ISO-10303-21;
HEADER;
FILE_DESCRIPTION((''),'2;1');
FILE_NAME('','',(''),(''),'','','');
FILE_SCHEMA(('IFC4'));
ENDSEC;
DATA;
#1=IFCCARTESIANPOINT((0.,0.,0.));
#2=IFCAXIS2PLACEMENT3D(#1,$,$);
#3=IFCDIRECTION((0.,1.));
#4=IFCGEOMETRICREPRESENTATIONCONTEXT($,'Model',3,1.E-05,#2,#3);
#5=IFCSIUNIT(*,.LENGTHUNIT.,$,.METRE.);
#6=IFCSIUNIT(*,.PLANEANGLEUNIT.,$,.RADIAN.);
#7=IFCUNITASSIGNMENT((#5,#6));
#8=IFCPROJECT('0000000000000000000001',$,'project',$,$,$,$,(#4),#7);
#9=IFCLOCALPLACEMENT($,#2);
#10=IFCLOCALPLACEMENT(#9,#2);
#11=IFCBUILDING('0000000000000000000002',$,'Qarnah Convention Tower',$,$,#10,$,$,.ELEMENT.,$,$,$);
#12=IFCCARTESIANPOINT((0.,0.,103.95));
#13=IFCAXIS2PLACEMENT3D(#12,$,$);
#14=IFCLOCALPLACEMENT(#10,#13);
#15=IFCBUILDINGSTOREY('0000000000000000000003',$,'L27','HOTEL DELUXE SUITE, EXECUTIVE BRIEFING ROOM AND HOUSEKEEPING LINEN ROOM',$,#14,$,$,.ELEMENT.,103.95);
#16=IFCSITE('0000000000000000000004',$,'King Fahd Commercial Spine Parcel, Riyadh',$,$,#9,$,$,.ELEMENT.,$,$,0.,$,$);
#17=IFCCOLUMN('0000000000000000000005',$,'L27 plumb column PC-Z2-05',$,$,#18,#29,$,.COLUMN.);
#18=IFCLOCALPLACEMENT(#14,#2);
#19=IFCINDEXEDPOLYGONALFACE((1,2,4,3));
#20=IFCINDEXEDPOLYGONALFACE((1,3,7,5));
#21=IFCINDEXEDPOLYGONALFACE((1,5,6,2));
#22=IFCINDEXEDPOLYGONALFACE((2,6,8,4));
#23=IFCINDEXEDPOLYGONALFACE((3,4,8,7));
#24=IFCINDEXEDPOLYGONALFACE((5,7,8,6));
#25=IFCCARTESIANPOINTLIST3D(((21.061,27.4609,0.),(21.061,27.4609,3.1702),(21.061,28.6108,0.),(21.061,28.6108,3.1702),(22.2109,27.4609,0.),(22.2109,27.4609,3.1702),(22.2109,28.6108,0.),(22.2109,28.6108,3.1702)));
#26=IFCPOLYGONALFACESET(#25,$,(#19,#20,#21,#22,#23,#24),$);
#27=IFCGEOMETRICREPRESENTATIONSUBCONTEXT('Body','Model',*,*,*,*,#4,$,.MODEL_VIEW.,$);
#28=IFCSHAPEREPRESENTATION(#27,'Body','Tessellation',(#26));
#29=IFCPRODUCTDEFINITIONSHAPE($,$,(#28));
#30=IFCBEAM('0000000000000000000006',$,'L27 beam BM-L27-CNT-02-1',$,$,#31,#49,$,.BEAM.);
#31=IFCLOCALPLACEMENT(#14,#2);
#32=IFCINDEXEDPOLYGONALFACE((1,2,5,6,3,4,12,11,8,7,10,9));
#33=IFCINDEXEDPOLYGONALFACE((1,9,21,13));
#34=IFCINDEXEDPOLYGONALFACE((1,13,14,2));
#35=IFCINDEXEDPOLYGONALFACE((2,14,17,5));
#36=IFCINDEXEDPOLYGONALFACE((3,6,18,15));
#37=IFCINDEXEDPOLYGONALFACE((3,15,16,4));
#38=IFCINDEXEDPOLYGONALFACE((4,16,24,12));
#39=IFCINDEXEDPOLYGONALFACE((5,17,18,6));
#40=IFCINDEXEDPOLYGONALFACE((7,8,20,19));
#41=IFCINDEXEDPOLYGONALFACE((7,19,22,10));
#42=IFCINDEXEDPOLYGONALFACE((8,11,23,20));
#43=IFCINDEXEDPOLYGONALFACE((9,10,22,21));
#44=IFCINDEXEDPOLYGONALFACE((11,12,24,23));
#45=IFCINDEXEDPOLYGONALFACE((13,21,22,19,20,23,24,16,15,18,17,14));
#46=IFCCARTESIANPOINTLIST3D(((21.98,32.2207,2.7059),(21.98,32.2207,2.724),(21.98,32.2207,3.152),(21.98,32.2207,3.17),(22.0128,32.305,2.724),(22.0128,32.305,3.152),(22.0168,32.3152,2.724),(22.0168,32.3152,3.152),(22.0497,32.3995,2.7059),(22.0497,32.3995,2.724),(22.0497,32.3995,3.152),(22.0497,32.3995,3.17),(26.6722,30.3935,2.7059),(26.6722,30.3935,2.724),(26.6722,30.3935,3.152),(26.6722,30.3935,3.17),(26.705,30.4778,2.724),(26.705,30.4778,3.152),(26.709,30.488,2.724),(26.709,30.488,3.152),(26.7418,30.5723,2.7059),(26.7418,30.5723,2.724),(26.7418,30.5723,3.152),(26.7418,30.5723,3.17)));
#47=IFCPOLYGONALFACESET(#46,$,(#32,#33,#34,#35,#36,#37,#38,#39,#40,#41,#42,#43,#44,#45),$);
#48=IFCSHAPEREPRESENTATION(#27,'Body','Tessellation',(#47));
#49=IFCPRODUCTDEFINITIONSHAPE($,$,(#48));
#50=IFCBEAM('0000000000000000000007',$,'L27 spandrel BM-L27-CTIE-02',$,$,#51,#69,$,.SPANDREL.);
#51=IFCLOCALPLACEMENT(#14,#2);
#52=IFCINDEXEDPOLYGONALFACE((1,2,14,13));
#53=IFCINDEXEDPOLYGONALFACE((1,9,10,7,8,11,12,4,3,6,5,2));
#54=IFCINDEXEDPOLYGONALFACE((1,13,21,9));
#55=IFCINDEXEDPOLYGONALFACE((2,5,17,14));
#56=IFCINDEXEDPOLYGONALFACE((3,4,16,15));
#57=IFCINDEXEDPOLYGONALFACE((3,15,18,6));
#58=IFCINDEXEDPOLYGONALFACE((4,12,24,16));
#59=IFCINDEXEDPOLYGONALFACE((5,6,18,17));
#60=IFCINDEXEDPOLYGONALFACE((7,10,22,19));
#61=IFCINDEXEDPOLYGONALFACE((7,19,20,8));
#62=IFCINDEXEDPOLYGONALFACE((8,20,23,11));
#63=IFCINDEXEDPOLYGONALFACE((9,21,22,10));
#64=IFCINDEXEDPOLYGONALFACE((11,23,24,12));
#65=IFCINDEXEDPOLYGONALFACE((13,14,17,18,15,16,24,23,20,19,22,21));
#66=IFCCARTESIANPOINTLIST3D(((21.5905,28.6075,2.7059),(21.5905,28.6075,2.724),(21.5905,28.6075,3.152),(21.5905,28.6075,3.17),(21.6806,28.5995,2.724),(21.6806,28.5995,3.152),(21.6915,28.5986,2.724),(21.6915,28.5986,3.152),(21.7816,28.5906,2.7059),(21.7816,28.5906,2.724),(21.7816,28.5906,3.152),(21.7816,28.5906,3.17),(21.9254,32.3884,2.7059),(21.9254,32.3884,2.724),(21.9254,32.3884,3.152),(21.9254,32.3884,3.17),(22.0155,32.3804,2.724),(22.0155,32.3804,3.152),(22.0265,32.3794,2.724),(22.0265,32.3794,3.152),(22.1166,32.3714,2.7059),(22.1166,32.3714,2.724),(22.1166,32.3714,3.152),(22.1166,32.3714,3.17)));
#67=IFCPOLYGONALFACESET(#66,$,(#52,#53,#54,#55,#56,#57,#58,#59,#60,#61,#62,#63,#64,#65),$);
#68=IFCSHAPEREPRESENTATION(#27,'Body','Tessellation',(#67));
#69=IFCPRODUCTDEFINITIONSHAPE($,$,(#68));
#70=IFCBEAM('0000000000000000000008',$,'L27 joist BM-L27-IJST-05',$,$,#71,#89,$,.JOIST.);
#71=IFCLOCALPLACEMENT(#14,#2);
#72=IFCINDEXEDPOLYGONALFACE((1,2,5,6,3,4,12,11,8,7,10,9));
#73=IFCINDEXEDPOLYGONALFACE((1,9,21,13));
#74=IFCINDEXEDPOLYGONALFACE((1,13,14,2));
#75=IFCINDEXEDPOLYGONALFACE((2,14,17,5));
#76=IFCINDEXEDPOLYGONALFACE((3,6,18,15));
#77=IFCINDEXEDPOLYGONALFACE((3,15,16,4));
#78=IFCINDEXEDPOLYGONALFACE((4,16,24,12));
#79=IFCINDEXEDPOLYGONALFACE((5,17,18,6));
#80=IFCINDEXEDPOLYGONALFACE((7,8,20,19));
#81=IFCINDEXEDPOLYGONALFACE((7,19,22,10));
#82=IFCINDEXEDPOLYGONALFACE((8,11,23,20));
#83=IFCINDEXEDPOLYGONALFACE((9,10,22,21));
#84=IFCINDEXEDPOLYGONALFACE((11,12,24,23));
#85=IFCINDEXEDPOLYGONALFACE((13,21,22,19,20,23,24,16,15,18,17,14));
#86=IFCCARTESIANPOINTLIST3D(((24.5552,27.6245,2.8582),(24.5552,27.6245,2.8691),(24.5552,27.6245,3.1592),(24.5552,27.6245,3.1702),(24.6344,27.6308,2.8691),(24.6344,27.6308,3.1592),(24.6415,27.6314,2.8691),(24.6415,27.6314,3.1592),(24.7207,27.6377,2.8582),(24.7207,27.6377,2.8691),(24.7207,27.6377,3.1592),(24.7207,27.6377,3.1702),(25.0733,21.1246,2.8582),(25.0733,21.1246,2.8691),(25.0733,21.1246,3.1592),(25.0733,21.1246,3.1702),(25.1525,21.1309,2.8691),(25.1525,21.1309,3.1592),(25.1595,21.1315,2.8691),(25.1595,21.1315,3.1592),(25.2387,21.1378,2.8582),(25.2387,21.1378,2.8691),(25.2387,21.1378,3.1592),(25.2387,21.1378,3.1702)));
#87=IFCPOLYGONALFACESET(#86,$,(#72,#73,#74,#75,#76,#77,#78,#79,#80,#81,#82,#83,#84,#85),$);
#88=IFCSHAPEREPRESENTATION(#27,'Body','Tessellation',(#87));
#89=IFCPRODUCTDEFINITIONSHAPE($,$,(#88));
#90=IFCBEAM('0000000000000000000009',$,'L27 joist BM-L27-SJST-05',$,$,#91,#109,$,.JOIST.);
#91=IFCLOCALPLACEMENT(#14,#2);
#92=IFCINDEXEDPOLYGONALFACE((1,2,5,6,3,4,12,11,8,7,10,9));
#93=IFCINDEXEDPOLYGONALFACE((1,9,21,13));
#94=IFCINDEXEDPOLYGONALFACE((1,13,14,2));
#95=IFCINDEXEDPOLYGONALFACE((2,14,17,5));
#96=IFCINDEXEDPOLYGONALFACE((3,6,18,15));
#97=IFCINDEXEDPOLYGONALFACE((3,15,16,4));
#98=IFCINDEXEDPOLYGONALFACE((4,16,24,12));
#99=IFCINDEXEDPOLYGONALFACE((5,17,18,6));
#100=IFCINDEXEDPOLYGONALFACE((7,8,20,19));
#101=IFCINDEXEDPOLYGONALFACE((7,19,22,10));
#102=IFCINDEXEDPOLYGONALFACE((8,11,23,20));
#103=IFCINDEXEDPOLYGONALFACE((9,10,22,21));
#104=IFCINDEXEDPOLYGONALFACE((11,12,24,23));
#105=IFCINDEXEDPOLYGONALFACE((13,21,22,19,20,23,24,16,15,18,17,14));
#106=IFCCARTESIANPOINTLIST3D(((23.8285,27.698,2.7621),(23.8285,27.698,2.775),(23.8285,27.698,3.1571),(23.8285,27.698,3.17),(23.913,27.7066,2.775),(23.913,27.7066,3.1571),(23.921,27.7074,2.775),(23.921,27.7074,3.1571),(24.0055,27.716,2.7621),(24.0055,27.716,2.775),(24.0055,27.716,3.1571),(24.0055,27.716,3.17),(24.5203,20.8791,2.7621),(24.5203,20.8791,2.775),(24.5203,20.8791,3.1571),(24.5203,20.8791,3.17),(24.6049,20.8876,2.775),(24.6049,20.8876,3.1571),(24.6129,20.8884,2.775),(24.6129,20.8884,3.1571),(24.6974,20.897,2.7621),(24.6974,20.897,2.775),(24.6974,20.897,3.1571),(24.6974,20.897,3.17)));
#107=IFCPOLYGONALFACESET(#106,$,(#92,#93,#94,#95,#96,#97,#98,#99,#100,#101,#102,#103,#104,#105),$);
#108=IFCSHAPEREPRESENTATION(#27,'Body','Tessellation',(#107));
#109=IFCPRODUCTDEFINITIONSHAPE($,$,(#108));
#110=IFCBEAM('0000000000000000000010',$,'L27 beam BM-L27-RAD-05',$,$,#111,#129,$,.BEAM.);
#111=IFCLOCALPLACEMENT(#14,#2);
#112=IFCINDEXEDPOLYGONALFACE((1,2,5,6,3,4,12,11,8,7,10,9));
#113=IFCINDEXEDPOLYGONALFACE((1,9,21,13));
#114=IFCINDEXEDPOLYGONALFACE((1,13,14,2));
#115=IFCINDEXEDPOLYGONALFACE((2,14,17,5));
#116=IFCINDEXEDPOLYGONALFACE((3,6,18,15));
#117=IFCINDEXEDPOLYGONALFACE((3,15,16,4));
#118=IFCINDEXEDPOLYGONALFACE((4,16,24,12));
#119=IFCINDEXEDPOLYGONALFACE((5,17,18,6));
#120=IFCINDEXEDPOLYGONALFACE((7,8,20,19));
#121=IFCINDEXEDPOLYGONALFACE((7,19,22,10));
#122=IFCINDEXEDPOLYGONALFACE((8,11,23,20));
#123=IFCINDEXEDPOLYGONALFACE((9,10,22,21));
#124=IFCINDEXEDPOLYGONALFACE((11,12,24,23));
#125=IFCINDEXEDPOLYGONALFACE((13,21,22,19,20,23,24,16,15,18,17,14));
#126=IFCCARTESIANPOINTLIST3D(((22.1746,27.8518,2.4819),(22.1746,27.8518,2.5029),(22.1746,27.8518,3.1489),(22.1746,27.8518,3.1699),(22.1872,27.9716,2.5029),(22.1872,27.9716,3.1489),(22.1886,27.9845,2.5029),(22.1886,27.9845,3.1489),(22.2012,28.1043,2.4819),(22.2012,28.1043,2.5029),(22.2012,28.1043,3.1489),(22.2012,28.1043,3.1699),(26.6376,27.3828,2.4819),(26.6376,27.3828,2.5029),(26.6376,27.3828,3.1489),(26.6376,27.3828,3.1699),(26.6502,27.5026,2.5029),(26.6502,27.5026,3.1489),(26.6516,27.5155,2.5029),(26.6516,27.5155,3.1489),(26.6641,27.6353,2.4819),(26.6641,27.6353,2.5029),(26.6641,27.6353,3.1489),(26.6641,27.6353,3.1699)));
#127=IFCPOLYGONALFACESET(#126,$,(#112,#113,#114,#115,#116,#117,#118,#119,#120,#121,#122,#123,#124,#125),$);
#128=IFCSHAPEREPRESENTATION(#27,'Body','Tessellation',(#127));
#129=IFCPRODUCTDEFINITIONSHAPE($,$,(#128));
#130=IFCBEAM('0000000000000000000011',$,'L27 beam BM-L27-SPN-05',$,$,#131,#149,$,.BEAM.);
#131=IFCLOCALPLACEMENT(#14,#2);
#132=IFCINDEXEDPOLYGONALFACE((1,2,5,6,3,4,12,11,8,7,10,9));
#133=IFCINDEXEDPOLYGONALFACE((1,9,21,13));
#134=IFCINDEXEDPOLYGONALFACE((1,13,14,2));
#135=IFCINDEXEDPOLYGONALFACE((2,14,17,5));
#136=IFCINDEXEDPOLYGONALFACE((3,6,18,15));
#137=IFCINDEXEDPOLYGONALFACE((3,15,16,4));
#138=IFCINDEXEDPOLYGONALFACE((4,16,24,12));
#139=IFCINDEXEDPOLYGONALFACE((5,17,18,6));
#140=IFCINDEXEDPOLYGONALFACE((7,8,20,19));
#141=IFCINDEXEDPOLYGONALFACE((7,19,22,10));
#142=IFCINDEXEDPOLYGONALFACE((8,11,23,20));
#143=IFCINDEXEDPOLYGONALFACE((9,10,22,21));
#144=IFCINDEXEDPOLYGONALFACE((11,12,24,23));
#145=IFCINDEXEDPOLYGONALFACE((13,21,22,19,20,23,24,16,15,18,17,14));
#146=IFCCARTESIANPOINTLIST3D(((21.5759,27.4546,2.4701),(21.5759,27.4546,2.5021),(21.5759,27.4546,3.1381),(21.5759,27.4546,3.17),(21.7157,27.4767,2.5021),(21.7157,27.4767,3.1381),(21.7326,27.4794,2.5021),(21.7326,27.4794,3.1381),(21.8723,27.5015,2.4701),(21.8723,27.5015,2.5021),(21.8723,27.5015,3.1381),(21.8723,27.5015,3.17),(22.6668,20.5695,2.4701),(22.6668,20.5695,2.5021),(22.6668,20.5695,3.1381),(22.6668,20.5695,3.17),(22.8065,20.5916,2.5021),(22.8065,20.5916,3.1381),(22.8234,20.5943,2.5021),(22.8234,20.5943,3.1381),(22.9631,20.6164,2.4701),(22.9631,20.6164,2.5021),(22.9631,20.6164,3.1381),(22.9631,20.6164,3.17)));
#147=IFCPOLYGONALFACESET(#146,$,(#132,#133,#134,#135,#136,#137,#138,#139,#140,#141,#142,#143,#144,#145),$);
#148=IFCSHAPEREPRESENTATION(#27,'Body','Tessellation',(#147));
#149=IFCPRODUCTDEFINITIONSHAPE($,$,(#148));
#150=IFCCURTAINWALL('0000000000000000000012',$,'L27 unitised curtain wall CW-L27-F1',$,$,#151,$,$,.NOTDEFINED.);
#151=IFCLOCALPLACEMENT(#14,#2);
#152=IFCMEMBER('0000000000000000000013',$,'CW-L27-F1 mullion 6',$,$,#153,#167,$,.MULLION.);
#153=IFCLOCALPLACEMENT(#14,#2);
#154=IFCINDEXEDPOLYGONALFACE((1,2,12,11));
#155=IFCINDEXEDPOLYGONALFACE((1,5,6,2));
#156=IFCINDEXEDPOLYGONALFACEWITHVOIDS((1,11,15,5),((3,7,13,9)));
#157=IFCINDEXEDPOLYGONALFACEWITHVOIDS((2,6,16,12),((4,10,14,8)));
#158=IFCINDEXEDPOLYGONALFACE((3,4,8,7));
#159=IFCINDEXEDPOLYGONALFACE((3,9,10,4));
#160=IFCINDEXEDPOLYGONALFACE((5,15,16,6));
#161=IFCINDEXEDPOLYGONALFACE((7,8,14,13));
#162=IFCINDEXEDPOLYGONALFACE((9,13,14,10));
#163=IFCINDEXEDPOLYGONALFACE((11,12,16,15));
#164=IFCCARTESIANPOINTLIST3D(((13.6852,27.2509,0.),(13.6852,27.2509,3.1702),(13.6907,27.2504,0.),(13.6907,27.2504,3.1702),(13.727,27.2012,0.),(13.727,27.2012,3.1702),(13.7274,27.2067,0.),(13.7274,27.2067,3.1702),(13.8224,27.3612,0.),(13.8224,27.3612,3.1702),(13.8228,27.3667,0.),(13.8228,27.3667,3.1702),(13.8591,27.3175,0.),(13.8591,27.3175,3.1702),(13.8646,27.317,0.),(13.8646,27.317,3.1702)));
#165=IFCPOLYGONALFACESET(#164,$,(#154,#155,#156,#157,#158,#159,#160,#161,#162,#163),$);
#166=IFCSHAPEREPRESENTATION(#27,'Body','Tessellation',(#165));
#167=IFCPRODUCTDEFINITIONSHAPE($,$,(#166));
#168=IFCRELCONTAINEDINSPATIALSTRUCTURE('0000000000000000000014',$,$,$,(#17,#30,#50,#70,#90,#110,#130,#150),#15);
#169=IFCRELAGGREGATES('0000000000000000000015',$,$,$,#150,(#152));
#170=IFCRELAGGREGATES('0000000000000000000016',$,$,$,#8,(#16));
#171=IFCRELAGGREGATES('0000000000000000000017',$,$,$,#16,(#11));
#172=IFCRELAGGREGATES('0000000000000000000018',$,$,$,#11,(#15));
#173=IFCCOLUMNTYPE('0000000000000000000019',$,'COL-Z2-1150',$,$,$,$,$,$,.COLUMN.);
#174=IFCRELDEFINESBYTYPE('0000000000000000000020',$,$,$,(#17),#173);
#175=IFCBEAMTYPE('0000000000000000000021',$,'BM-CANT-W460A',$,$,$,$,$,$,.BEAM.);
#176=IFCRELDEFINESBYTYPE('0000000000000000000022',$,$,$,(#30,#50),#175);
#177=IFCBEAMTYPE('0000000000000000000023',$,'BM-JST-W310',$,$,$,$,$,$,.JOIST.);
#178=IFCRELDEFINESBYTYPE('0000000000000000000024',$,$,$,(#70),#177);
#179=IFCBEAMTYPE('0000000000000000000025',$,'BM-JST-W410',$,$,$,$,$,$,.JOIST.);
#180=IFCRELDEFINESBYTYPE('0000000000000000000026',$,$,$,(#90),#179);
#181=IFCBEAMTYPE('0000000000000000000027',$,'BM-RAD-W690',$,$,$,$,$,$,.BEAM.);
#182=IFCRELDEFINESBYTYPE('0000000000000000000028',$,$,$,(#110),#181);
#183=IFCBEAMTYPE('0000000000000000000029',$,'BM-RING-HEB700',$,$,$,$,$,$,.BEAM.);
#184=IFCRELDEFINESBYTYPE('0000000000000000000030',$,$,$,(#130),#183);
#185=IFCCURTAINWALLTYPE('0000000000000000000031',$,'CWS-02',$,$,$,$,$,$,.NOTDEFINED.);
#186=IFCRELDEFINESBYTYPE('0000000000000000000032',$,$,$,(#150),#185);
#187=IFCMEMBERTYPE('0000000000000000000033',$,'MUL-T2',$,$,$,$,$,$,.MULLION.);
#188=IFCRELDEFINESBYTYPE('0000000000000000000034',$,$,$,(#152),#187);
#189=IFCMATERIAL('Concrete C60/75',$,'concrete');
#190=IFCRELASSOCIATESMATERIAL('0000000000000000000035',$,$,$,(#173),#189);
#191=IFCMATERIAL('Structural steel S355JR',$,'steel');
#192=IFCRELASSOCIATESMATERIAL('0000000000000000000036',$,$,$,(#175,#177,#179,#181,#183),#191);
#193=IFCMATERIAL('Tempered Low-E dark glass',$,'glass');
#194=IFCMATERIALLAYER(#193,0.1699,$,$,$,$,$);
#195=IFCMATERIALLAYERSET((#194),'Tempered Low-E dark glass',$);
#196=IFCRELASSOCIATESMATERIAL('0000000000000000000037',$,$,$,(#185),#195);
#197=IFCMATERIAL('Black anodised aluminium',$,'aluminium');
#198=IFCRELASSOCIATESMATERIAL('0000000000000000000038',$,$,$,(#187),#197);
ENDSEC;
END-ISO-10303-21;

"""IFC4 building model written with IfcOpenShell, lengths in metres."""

from ifc_helpers import new_model, si_unit, direction, frame, origin, origin_2d, place, context, subcontext, project, spatial, rectangle, hollow_rectangle, i_section, extrude, material, layer, layer_set, material_profile, profile_set, type_object, element, aggregate, save


model = new_model("IFC4")

# Units and contexts
model_context = context("Model", 3, precision=1e-05, world=origin(), true_north=direction((0.0, 1.0)))
body_context = subcontext(model_context, "Body", "Model", "MODEL_VIEW")
ifc_project = project(units=[si_unit("LENGTHUNIT", "METRE"), si_unit("PLANEANGLEUNIT", "RADIAN")], contexts=[model_context])

# Site, building, storey
site_placement = place(None, origin())
site = spatial("IfcSite", under=ifc_project, at=site_placement, Name="King Fahd Commercial Spine Parcel, Riyadh", CompositionType="ELEMENT", RefElevation=0.0)
building_placement = place(site_placement, origin())
building = spatial("IfcBuilding", under=site, at=building_placement, Name="Qarnah Convention Tower", CompositionType="ELEMENT")
storey_placement = place(building_placement, frame((0.0, 0.0, 103.95)))
storey = spatial("IfcBuildingStorey", under=building, at=storey_placement, Name="L27", Description="HOTEL DELUXE SUITE, EXECUTIVE BRIEFING ROOM AND HOUSEKEEPING LINEN ROOM", CompositionType="ELEMENT", Elevation=103.95)

# Column
ifc_material_1 = material(Name="Concrete C60/75", Category="concrete")
ifc_material_profile_1 = material_profile(ifc_material_1, rectangle(XDim=1.1499, YDim=1.1499, at=origin_2d()), Name="RC-COL-1150X1150")
ifc_profile_set_1 = profile_set([ifc_material_profile_1], Name="Concrete C60/75")
column_type = type_object("IfcColumnType", Name="COL-Z2-1150", PredefinedType="COLUMN", material=ifc_profile_set_1)
column_placement = place(storey_placement, frame((21.636, 28.0359, 0.0), z_axis=(0.0, 0.0, 1.0), x_axis=(1.0, 0.0, 0.0)))
element("IfcColumn", 1, at=column_placement, inside=storey, type_object=column_type, Name="L27 plumb column PC-Z2-05", PredefinedType="COLUMN", context=body_context, shape_type="SweptSolid", body=[
    extrude(rectangle(XDim=1.1499, YDim=1.1499, at=origin_2d()), origin(), (0.0, 0.0, 1.0), 3.1702),
])

# Beams
ifc_material_2 = material(Name="Structural steel S355JR", Category="steel")
ifc_material_profile_2 = material_profile(ifc_material_2, i_section(OverallWidth=0.1919, OverallDepth=0.4641, WebThickness=0.011, FlangeThickness=0.0181, at=origin_2d()), Name="W460X89")
ifc_profile_set_2 = profile_set([ifc_material_profile_2], Name="Structural steel S355JR")
beam_type_1 = type_object("IfcBeamType", Name="BM-CANT-W460A", PredefinedType="BEAM", material=ifc_profile_set_2)
beam_1_placement = place(storey_placement, frame((26.707, 30.4829, 2.938), z_axis=(-0.931842, 0.362865, 0.0), x_axis=(-0.362865, -0.931842, 0.0)))
element("IfcBeam", 2, at=beam_1_placement, inside=storey, type_object=beam_type_1, Name="L27 beam BM-L27-CNT-02-1", PredefinedType="BEAM", context=body_context, shape_type="SweptSolid", body=[
    extrude(i_section(OverallWidth=0.1919, OverallDepth=0.4641, WebThickness=0.011, FlangeThickness=0.0181, at=origin_2d()), origin(), (0.0, 0.0, 1.0), 5.0354),
])
beam_2_placement = place(storey_placement, frame((22.021, 32.3799, 2.938), z_axis=(-0.08825, -0.996098, 0.0), x_axis=(0.996098, -0.08825, 0.0)))
element("IfcBeam", 3, at=beam_2_placement, inside=storey, type_object=beam_type_1, Name="L27 spandrel BM-L27-CTIE-02", PredefinedType="SPANDREL", context=body_context, shape_type="SweptSolid", body=[
    extrude(i_section(OverallWidth=0.1919, OverallDepth=0.4641, WebThickness=0.011, FlangeThickness=0.0181, at=origin_2d()), origin(), (0.0, 0.0, 1.0), 3.7957),
])
ifc_material_profile_3 = material_profile(ifc_material_2, i_section(OverallWidth=0.166, OverallDepth=0.312, WebThickness=0.0071, FlangeThickness=0.011, at=origin_2d()), Name="W310X45")
ifc_profile_set_3 = profile_set([ifc_material_profile_3], Name="Structural steel S355JR")
beam_type_2 = type_object("IfcBeamType", Name="BM-JST-W310", PredefinedType="JOIST", material=ifc_profile_set_3)
beam_3_placement = place(storey_placement, frame((24.6379, 27.6311, 3.0142), z_axis=(0.079451, -0.996839, 0.0), x_axis=(0.996839, 0.079451, 0.0)))
element("IfcBeam", 4, at=beam_3_placement, inside=storey, type_object=beam_type_2, Name="L27 joist BM-L27-IJST-05", PredefinedType="JOIST", context=body_context, shape_type="SweptSolid", body=[
    extrude(i_section(OverallWidth=0.166, OverallDepth=0.312, WebThickness=0.0071, FlangeThickness=0.011, at=origin_2d()), origin(), (0.0, 0.0, 1.0), 6.5205),
])
ifc_material_profile_4 = material_profile(ifc_material_2, i_section(OverallWidth=0.178, OverallDepth=0.408, WebThickness=0.0081, FlangeThickness=0.0129, at=origin_2d()), Name="W410X60")
ifc_profile_set_4 = profile_set([ifc_material_profile_4], Name="Structural steel S355JR")
beam_type_3 = type_object("IfcBeamType", Name="BM-JST-W410", PredefinedType="JOIST", material=ifc_profile_set_4)
beam_4_placement = place(storey_placement, frame((23.917, 27.707, 2.9661), z_axis=(0.100946, -0.994892, 0.0), x_axis=(0.994892, 0.100946, 0.0)))
element("IfcBeam", 5, at=beam_4_placement, inside=storey, type_object=beam_type_3, Name="L27 joist BM-L27-SJST-05", PredefinedType="JOIST", context=body_context, shape_type="SweptSolid", body=[
    extrude(i_section(OverallWidth=0.178, OverallDepth=0.408, WebThickness=0.0081, FlangeThickness=0.0129, at=origin_2d()), origin(), (0.0, 0.0, 1.0), 6.854),
])
ifc_material_profile_5 = material_profile(ifc_material_2, i_section(OverallWidth=0.2539, OverallDepth=0.688, WebThickness=0.0129, FlangeThickness=0.021, at=origin_2d()), Name="W690X152")
ifc_profile_set_5 = profile_set([ifc_material_profile_5], Name="Structural steel S355JR")
beam_type_4 = type_object("IfcBeamType", Name="BM-RAD-W690", PredefinedType="BEAM", material=ifc_profile_set_5)
beam_5_placement = place(storey_placement, frame((26.6509, 27.509, 2.8259), z_axis=(-0.994524, 0.104512, 0.0), x_axis=(-0.104512, -0.994524, 0.0)))
element("IfcBeam", 6, at=beam_5_placement, inside=storey, type_object=beam_type_4, Name="L27 beam BM-L27-RAD-05", PredefinedType="BEAM", context=body_context, shape_type="SweptSolid", body=[
    extrude(i_section(OverallWidth=0.2539, OverallDepth=0.688, WebThickness=0.0129, FlangeThickness=0.021, at=origin_2d()), origin(), (0.0, 0.0, 1.0), 4.4875),
])
ifc_material_profile_6 = material_profile(ifc_material_2, i_section(OverallWidth=0.3, OverallDepth=0.7, WebThickness=0.0171, FlangeThickness=0.032, at=origin_2d()), Name="HEB700")
ifc_profile_set_6 = profile_set([ifc_material_profile_6], Name="Structural steel S355JR")
beam_type_5 = type_object("IfcBeamType", Name="BM-RING-HEB700", PredefinedType="BEAM", material=ifc_profile_set_6)
beam_6_placement = place(storey_placement, frame((21.7241, 27.478, 2.8201), z_axis=(0.156482, -0.987681, 0.0), x_axis=(0.987681, 0.156482, 0.0)))
element("IfcBeam", 7, at=beam_6_placement, inside=storey, type_object=beam_type_5, Name="L27 beam BM-L27-SPN-05", PredefinedType="BEAM", context=body_context, shape_type="SweptSolid", body=[
    extrude(i_section(OverallWidth=0.3, OverallDepth=0.7, WebThickness=0.0171, FlangeThickness=0.032, at=origin_2d()), origin(), (0.0, 0.0, 1.0), 6.9709),
])

# Curtain wall, member
ifc_material_3 = material(Name="Tempered Low-E dark glass", Category="glass")
ifc_layer_1 = layer(ifc_material_3, 0.1699)
ifc_layer_set_1 = layer_set([ifc_layer_1], Name="Tempered Low-E dark glass")
curtain_wall_type = type_object("IfcCurtainWallType", Name="CWS-02", PredefinedType="NOTDEFINED", material=ifc_layer_set_1)
curtain_wall_1_placement = place(storey_placement, origin())
curtain_wall_1 = element("IfcCurtainWall", 8, at=curtain_wall_1_placement, inside=storey, type_object=curtain_wall_type, Name="L27 unitised curtain wall CW-L27-F1", PredefinedType="NOTDEFINED")
ifc_material_4 = material(Name="Black anodised aluminium", Category="aluminium")
ifc_material_profile_7 = material_profile(ifc_material_4, hollow_rectangle(XDim=0.0649, YDim=0.1799, WallThickness=0.0039, at=origin_2d()), Name="MUL-65X180")
ifc_profile_set_7 = profile_set([ifc_material_profile_7], Name="Black anodised aluminium")
member_type_1 = type_object("IfcMemberType", Name="MUL-T2", PredefinedType="MULLION", material=ifc_profile_set_7)
member_1_placement = place(storey_placement, frame((13.7749, 27.2839, 0.0), z_axis=(0.0, 0.0, 1.0), x_axis=(-0.643878, 0.765128, 0.0)))
member_1 = element("IfcMember", 9, at=member_1_placement, type_object=member_type_1, Name="CW-L27-F1 mullion 6", PredefinedType="MULLION", context=body_context, shape_type="SweptSolid", body=[
    extrude(hollow_rectangle(XDim=0.0649, YDim=0.1799, WallThickness=0.0039, at=origin_2d()), origin(), (0.0, 0.0, 1.0), 3.1702),
])

aggregate(curtain_wall_1, [member_1])

save(model, "model.ifc")
